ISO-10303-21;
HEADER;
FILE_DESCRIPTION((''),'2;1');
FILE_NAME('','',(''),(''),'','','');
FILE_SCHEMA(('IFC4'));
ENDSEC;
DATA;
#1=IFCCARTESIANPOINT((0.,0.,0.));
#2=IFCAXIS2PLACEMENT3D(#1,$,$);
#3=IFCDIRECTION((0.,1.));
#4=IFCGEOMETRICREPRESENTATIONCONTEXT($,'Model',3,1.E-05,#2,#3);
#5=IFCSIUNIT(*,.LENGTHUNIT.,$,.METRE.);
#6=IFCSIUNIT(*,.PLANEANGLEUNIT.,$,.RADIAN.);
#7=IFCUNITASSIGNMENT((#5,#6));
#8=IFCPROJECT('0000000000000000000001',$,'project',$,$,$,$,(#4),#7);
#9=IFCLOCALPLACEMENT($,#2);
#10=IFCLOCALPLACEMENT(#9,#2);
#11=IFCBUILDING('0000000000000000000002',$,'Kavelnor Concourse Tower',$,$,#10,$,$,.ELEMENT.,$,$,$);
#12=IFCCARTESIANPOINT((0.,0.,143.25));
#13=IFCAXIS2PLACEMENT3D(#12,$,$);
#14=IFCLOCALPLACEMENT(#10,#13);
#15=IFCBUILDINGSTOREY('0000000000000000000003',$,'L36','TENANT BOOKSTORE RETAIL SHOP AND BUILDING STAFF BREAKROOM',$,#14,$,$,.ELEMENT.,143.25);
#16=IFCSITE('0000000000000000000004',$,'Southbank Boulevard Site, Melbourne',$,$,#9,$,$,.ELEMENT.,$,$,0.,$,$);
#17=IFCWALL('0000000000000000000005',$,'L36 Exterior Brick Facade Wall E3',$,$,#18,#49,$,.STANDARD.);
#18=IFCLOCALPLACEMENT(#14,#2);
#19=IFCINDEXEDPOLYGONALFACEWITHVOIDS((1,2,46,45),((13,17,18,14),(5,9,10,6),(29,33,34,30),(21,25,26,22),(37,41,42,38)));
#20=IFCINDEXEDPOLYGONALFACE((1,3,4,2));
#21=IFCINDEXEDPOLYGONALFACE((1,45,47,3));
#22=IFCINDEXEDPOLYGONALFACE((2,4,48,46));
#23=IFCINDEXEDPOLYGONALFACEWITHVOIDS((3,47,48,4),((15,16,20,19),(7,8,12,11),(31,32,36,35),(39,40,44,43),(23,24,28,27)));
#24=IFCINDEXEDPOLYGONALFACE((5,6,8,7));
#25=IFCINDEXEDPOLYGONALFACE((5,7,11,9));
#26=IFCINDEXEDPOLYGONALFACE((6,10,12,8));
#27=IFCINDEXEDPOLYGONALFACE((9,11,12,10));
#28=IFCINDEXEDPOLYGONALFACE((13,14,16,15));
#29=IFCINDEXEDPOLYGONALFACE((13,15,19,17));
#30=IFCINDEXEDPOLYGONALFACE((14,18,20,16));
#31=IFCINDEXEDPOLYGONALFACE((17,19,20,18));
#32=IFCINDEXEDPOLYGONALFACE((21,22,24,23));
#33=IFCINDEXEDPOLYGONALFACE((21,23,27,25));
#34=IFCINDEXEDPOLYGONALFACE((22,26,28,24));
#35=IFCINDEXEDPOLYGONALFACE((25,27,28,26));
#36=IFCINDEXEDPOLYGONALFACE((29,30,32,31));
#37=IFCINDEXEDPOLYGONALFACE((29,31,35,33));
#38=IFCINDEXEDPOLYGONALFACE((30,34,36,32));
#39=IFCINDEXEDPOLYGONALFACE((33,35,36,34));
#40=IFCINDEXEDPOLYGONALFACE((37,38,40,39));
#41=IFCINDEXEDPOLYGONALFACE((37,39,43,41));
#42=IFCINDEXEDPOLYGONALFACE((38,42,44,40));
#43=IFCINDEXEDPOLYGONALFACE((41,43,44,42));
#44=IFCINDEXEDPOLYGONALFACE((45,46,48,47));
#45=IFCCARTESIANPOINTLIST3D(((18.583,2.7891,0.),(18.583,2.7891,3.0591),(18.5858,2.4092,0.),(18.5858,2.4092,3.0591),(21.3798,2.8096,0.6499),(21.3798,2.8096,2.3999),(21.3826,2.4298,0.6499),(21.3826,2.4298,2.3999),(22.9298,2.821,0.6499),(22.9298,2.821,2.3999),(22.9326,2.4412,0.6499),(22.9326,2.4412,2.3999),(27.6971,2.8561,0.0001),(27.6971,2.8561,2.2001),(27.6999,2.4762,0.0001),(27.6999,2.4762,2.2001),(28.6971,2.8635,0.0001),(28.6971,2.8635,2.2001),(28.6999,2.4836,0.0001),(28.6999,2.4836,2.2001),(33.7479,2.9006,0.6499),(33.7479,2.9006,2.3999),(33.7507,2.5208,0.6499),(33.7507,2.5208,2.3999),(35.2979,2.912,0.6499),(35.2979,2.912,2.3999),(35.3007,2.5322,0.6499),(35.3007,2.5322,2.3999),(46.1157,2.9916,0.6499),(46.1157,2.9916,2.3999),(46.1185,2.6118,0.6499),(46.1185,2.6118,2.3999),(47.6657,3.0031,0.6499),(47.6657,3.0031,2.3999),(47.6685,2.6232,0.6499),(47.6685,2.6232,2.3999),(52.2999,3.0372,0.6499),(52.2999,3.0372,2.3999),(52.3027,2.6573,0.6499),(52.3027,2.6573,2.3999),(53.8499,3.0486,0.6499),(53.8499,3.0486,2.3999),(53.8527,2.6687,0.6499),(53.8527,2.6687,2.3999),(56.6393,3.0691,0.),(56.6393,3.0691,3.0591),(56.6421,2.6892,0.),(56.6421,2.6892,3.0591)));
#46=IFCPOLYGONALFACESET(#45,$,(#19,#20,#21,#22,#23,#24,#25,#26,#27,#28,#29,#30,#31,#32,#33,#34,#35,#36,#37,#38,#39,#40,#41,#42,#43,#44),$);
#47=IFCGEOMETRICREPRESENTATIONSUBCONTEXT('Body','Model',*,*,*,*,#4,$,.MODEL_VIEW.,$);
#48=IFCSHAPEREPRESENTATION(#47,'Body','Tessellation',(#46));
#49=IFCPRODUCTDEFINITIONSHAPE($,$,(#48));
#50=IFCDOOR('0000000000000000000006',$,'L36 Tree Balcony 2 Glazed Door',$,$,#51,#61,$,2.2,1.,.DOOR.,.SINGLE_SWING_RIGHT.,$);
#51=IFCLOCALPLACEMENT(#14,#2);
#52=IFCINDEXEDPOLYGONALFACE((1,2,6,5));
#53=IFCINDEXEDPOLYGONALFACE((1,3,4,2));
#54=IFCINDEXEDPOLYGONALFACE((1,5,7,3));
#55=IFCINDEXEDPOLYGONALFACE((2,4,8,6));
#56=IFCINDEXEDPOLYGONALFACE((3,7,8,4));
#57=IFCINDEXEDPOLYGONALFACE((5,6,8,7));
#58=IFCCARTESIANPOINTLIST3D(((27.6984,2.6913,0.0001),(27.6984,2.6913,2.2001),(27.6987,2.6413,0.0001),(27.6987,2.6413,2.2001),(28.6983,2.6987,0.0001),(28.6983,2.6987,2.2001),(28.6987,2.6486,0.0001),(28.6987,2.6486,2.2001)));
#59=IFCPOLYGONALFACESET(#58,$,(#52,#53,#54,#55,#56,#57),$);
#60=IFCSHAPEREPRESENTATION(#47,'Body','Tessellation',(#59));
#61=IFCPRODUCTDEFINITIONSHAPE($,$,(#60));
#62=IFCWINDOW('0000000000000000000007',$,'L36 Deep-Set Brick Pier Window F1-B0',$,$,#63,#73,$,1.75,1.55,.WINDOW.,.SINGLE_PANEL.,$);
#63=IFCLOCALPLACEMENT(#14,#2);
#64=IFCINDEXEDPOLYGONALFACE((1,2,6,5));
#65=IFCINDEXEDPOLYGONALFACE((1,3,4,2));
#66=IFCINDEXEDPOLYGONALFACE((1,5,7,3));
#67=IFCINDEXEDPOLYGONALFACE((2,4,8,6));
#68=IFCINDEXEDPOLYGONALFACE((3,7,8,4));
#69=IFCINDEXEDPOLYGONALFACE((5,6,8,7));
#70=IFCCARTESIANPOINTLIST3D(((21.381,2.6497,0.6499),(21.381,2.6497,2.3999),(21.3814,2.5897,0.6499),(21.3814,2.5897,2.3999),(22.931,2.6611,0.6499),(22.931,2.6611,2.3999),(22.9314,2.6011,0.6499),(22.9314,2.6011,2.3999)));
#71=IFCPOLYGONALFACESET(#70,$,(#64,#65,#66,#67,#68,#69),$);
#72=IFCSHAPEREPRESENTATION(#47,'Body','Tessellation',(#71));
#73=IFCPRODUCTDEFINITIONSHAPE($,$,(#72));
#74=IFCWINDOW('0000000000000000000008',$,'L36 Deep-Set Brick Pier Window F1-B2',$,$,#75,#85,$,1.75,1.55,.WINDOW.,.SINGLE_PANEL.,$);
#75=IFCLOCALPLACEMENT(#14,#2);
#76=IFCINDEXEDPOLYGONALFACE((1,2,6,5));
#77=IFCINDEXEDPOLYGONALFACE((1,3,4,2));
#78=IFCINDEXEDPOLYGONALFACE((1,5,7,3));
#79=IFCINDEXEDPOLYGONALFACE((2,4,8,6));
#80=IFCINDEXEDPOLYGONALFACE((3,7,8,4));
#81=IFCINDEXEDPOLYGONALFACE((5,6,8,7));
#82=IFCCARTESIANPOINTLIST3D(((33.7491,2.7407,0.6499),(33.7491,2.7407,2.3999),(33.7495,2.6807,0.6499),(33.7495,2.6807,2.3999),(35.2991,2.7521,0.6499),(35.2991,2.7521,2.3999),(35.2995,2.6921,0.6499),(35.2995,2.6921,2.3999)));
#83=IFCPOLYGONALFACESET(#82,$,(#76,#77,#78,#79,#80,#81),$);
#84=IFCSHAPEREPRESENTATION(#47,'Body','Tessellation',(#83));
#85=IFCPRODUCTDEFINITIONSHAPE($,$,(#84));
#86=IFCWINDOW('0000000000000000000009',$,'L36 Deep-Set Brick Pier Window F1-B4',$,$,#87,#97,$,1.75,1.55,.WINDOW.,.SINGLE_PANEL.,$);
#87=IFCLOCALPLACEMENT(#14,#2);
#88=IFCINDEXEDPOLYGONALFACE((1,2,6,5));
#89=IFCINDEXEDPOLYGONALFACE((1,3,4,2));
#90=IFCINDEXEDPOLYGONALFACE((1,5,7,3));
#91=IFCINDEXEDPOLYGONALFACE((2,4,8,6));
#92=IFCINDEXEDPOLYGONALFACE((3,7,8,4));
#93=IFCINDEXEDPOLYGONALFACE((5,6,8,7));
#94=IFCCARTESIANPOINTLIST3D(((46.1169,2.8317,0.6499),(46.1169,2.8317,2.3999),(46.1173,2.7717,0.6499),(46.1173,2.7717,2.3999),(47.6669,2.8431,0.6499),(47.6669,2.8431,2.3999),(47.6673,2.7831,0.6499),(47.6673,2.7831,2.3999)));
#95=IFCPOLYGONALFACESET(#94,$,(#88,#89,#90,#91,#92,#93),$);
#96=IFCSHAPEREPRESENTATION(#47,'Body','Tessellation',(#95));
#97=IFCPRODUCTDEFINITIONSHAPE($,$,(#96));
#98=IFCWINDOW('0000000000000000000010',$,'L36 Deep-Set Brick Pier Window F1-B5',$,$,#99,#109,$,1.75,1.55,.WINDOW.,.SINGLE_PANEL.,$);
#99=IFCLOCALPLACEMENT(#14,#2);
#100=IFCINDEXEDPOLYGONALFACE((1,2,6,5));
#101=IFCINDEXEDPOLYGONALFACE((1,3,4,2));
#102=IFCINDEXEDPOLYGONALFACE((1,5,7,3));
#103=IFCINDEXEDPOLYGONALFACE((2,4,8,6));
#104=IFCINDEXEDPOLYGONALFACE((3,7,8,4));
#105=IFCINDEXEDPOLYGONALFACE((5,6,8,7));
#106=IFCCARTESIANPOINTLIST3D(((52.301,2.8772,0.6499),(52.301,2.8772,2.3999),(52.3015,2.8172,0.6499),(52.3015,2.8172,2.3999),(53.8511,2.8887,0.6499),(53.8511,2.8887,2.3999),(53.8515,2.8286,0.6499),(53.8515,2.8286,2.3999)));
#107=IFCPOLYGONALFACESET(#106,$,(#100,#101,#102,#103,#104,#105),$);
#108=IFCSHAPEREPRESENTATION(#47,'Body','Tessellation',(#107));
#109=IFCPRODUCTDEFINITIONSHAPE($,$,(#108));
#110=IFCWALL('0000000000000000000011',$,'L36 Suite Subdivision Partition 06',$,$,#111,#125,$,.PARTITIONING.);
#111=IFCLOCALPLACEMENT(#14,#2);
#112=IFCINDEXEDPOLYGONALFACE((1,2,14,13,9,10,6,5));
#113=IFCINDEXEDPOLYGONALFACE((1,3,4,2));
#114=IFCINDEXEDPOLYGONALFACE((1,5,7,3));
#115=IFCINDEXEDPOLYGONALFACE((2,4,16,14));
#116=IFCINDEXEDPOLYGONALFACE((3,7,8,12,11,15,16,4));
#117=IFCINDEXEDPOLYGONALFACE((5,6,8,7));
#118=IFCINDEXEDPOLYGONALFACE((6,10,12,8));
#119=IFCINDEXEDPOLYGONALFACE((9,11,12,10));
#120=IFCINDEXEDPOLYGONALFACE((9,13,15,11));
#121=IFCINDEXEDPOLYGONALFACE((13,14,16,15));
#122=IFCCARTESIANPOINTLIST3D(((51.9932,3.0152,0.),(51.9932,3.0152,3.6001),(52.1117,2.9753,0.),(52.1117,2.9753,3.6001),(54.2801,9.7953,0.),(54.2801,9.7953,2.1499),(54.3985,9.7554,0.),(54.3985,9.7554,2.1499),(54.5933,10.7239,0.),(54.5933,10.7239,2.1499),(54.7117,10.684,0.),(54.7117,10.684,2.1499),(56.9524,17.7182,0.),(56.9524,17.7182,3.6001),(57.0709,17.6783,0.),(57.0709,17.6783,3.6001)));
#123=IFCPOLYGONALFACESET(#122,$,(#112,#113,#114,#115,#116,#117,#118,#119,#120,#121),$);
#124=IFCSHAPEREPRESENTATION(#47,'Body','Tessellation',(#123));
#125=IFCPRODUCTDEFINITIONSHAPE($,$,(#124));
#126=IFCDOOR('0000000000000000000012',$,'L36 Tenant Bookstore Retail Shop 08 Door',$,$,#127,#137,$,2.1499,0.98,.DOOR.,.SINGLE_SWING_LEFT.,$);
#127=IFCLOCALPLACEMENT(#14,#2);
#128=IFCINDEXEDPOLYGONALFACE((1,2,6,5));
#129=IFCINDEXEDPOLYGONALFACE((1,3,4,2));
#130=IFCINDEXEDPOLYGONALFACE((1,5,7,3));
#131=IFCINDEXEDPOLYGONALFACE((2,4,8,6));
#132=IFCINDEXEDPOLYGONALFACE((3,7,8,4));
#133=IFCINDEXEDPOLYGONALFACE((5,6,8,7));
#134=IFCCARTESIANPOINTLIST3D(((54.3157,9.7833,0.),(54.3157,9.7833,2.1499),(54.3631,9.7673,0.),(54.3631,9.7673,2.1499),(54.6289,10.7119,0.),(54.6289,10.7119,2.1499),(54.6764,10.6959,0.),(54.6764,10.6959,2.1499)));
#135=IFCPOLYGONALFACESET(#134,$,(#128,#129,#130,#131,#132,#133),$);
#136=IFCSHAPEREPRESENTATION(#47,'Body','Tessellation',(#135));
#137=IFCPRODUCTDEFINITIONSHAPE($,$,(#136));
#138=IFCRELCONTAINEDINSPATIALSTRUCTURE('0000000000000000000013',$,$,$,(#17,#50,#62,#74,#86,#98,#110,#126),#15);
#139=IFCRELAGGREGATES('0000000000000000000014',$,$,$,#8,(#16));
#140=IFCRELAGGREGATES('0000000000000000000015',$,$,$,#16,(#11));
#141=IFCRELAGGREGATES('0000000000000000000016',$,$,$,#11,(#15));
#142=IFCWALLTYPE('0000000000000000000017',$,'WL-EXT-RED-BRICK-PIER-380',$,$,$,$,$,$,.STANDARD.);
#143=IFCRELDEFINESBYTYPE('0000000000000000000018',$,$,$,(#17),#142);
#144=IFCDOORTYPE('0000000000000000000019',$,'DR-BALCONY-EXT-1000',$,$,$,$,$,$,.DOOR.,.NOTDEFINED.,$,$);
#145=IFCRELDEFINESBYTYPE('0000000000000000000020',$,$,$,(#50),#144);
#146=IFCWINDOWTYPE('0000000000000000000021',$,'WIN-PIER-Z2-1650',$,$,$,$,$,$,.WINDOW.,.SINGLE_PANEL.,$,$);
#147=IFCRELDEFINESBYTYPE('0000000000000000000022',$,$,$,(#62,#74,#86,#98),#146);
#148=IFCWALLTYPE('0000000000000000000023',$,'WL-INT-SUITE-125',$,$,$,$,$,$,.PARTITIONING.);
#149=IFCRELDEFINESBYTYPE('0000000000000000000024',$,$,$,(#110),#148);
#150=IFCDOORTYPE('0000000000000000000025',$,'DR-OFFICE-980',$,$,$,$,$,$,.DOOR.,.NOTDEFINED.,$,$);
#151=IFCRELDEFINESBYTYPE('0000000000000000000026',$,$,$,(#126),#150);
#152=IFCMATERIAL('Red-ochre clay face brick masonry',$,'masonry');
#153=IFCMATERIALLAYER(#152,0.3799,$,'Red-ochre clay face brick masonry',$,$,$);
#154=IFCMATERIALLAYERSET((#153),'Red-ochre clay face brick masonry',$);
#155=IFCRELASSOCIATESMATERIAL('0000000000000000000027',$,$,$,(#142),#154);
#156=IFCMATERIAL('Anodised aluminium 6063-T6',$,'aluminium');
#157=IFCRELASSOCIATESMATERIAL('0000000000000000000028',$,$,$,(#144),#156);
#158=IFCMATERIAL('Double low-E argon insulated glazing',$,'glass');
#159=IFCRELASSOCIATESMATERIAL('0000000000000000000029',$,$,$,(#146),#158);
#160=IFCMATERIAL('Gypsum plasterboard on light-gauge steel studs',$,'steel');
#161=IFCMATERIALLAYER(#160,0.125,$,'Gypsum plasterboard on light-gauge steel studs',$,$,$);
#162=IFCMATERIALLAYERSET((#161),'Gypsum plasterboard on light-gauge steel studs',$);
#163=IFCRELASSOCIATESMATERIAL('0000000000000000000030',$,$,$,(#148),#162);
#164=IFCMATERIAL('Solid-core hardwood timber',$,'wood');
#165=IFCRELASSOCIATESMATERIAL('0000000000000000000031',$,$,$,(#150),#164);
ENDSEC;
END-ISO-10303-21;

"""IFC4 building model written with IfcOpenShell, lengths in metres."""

from ifc_helpers import new_model, si_unit, direction, frame, frame_2d, origin, place, context, subcontext, project, spatial, rectangle, extrude, material, layer, layer_set, type_object, element, fill, save


model = new_model("IFC4")

# Units and contexts
model_context = context("Model", 3, precision=1e-05, world=origin(), true_north=direction((0.0, 1.0)))
body_context = subcontext(model_context, "Body", "Model", "MODEL_VIEW")
ifc_project = project(units=[si_unit("LENGTHUNIT", "METRE"), si_unit("PLANEANGLEUNIT", "RADIAN")], contexts=[model_context])

# Site, building, storey
site_placement = place(None, origin())
site = spatial("IfcSite", under=ifc_project, at=site_placement, Name="Southbank Boulevard Site, Melbourne", CompositionType="ELEMENT", RefElevation=0.0)
building_placement = place(site_placement, origin())
building = spatial("IfcBuilding", under=site, at=building_placement, Name="Kavelnor Concourse Tower", CompositionType="ELEMENT")
storey_placement = place(building_placement, frame((0.0, 0.0, 143.25)))
storey = spatial("IfcBuildingStorey", under=building, at=storey_placement, Name="L36", Description="TENANT BOOKSTORE RETAIL SHOP AND BUILDING STAFF BREAKROOM", CompositionType="ELEMENT", Elevation=143.25)

# Shared definitions
ifc_material_1 = material(Name="Double low-E argon insulated glazing", Category="glass")

# Wall, openings, door, windows
ifc_material_2 = material(Name="Red-ochre clay face brick masonry", Category="masonry")
ifc_layer_1 = layer(ifc_material_2, 0.3799, Name="Red-ochre clay face brick masonry")
ifc_layer_set_1 = layer_set([ifc_layer_1], Name="Red-ochre clay face brick masonry")
wall_type_1 = type_object("IfcWallType", Name="WL-EXT-RED-BRICK-PIER-380", PredefinedType="STANDARD", material=ifc_layer_set_1)
wall_1_placement = place(storey_placement, frame((56.6409, 2.8792, 0.0), z_axis=(0.0, 0.0, 1.0), x_axis=(-0.999973, -0.007358, 0.0)))
wall_1 = element("IfcWall", 1, at=wall_1_placement, inside=storey, type_object=wall_type_1, Name="L36 Exterior Brick Facade Wall E3", PredefinedType="STANDARD", context=body_context, shape_type="SweptSolid", body=[
    extrude(rectangle(XDim=38.0574, YDim=0.3799, at=frame_2d((19.0288, 0.0))), origin(), (0.0, 0.0, 1.0), 3.0591),
])
opening_1_placement = place(wall_1_placement, frame((27.9431, 0.0, 0.0)))
opening_1 = element("IfcOpeningElement", 2, at=opening_1_placement, cuts=wall_1, PredefinedType="OPENING", context=body_context, shape_type="SweptSolid", body=[
    extrude(rectangle(XDim=1.0, YDim=2.2, at=frame_2d((0.5, 1.1001))), frame((0.0, 0.2, 0.0), z_axis=(0.0, -1.0, 0.0), x_axis=(1.0, 0.0, 0.0)), (0.0, 0.0, 1.0), 0.3999),
])
opening_2_placement = place(wall_1_placement, frame((33.7107, 0.0, 0.6499)))
opening_2 = element("IfcOpeningElement", 3, at=opening_2_placement, cuts=wall_1, PredefinedType="OPENING", context=body_context, shape_type="SweptSolid", body=[
    extrude(rectangle(XDim=1.55, YDim=1.75, at=frame_2d((0.7749, 0.875))), frame((0.0, 0.2, 0.0), z_axis=(0.0, -1.0, 0.0), x_axis=(1.0, 0.0, 0.0)), (0.0, 0.0, 1.0), 0.3999),
])
opening_3_placement = place(wall_1_placement, frame((21.3423, 0.0, 0.6499)))
opening_3 = element("IfcOpeningElement", 4, at=opening_3_placement, cuts=wall_1, PredefinedType="OPENING", context=body_context, shape_type="SweptSolid", body=[
    extrude(rectangle(XDim=1.55, YDim=1.75, at=frame_2d((0.7749, 0.875))), frame((0.0, 0.2, 0.0), z_axis=(0.0, -1.0, 0.0), x_axis=(1.0, 0.0, 0.0)), (0.0, 0.0, 1.0), 0.3999),
])
opening_4_placement = place(wall_1_placement, frame((8.9741, 0.0, 0.6499)))
opening_4 = element("IfcOpeningElement", 5, at=opening_4_placement, cuts=wall_1, PredefinedType="OPENING", context=body_context, shape_type="SweptSolid", body=[
    extrude(rectangle(XDim=1.55, YDim=1.75, at=frame_2d((0.7749, 0.875))), frame((0.0, 0.2, 0.0), z_axis=(0.0, -1.0, 0.0), x_axis=(1.0, 0.0, 0.0)), (0.0, 0.0, 1.0), 0.3999),
])
opening_5_placement = place(wall_1_placement, frame((2.7898, 0.0, 0.6499)))
opening_5 = element("IfcOpeningElement", 6, at=opening_5_placement, cuts=wall_1, PredefinedType="OPENING", context=body_context, shape_type="SweptSolid", body=[
    extrude(rectangle(XDim=1.55, YDim=1.75, at=frame_2d((0.7749, 0.875))), frame((0.0, 0.2, 0.0), z_axis=(0.0, -1.0, 0.0), x_axis=(1.0, 0.0, 0.0)), (0.0, 0.0, 1.0), 0.3999),
])
ifc_material_3 = material(Name="Anodised aluminium 6063-T6", Category="aluminium")
door_type_1 = type_object("IfcDoorType", Name="DR-BALCONY-EXT-1000", OperationType="NOTDEFINED", PredefinedType="DOOR", material=ifc_material_3)
door_1_placement = place(opening_1_placement, origin())
door_1 = element("IfcDoor", 7, at=door_1_placement, inside=storey, type_object=door_type_1, Name="L36 Tree Balcony 2 Glazed Door", OperationType="SINGLE_SWING_RIGHT", OverallHeight=2.2, OverallWidth=1.0, PredefinedType="DOOR", context=body_context, shape_type="SweptSolid", body=[
    extrude(rectangle(XDim=1.0, YDim=2.2, at=frame_2d((0.5, 1.1001))), frame((0.0, 0.0249, 0.0), z_axis=(0.0, -1.0, 0.0), x_axis=(1.0, 0.0, 0.0)), (0.0, 0.0, 1.0), 0.05),
])
fill(opening_1, door_1)
window_type_1 = type_object("IfcWindowType", Name="WIN-PIER-Z2-1650", PartitioningType="SINGLE_PANEL", PredefinedType="WINDOW", material=ifc_material_1)
window_1_placement = place(opening_2_placement, origin())
window_1 = element("IfcWindow", 8, at=window_1_placement, inside=storey, type_object=window_type_1, Name="L36 Deep-Set Brick Pier Window F1-B0", OverallHeight=1.75, OverallWidth=1.55, PartitioningType="SINGLE_PANEL", PredefinedType="WINDOW", context=body_context, shape_type="SweptSolid", body=[
    extrude(rectangle(XDim=1.55, YDim=1.75, at=frame_2d((0.7749, 0.875))), frame((0.0, 0.03, 0.0), z_axis=(0.0, -1.0, 0.0), x_axis=(1.0, 0.0, 0.0)), (0.0, 0.0, 1.0), 0.0601),
])
fill(opening_2, window_1)
window_2_placement = place(opening_3_placement, origin())
window_2 = element("IfcWindow", 9, at=window_2_placement, inside=storey, type_object=window_type_1, Name="L36 Deep-Set Brick Pier Window F1-B2", OverallHeight=1.75, OverallWidth=1.55, PartitioningType="SINGLE_PANEL", PredefinedType="WINDOW", context=body_context, shape_type="SweptSolid", body=[
    extrude(rectangle(XDim=1.55, YDim=1.75, at=frame_2d((0.7749, 0.875))), frame((0.0, 0.03, 0.0), z_axis=(0.0, -1.0, 0.0), x_axis=(1.0, 0.0, 0.0)), (0.0, 0.0, 1.0), 0.0601),
])
fill(opening_3, window_2)
window_3_placement = place(opening_4_placement, origin())
window_3 = element("IfcWindow", 10, at=window_3_placement, inside=storey, type_object=window_type_1, Name="L36 Deep-Set Brick Pier Window F1-B4", OverallHeight=1.75, OverallWidth=1.55, PartitioningType="SINGLE_PANEL", PredefinedType="WINDOW", context=body_context, shape_type="SweptSolid", body=[
    extrude(rectangle(XDim=1.55, YDim=1.75, at=frame_2d((0.7749, 0.875))), frame((0.0, 0.03, 0.0), z_axis=(0.0, -1.0, 0.0), x_axis=(1.0, 0.0, 0.0)), (0.0, 0.0, 1.0), 0.0601),
])
fill(opening_4, window_3)
window_4_placement = place(opening_5_placement, origin())
window_4 = element("IfcWindow", 11, at=window_4_placement, inside=storey, type_object=window_type_1, Name="L36 Deep-Set Brick Pier Window F1-B5", OverallHeight=1.75, OverallWidth=1.55, PartitioningType="SINGLE_PANEL", PredefinedType="WINDOW", context=body_context, shape_type="SweptSolid", body=[
    extrude(rectangle(XDim=1.55, YDim=1.75, at=frame_2d((0.7749, 0.875))), frame((0.0, 0.03, 0.0), z_axis=(0.0, -1.0, 0.0), x_axis=(1.0, 0.0, 0.0)), (0.0, 0.0, 1.0), 0.0601),
])
fill(opening_5, window_4)

# Wall, opening, door
ifc_material_4 = material(Name="Gypsum plasterboard on light-gauge steel studs", Category="steel")
ifc_layer_2 = layer(ifc_material_4, 0.125, Name="Gypsum plasterboard on light-gauge steel studs")
ifc_layer_set_2 = layer_set([ifc_layer_2], Name="Gypsum plasterboard on light-gauge steel studs")
wall_type_2 = type_object("IfcWallType", Name="WL-INT-SUITE-125", PredefinedType="PARTITIONING", material=ifc_layer_set_2)
wall_2_placement = place(storey_placement, frame((52.0525, 2.9954, 0.0), z_axis=(0.0, 0.0, 1.0), x_axis=(0.319601, 0.947552, 0.0)))
wall_2 = element("IfcWall", 12, at=wall_2_placement, inside=storey, type_object=wall_type_2, Name="L36 Suite Subdivision Partition 06", PredefinedType="PARTITIONING", context=body_context, shape_type="SweptSolid", body=[
    extrude(rectangle(XDim=15.5168, YDim=0.125, at=frame_2d((7.7583, 0.0))), origin(), (0.0, 0.0, 1.0), 3.6001),
])
opening_6_placement = place(wall_2_placement, frame((7.1553, 0.0, 0.0)))
opening_6 = element("IfcOpeningElement", 13, at=opening_6_placement, cuts=wall_2, PredefinedType="OPENING", context=body_context, shape_type="SweptSolid", body=[
    extrude(rectangle(XDim=0.98, YDim=2.1499, at=frame_2d((0.49, 1.075))), frame((0.0, 0.0725, 0.0), z_axis=(0.0, -1.0, 0.0), x_axis=(1.0, 0.0, 0.0)), (0.0, 0.0, 1.0), 0.145),
])
ifc_material_5 = material(Name="Solid-core hardwood timber", Category="wood")
door_type_2 = type_object("IfcDoorType", Name="DR-OFFICE-980", OperationType="NOTDEFINED", PredefinedType="DOOR", material=ifc_material_5)
door_2_placement = place(opening_6_placement, origin())
door_2 = element("IfcDoor", 14, at=door_2_placement, inside=storey, type_object=door_type_2, Name="L36 Tenant Bookstore Retail Shop 08 Door", OperationType="SINGLE_SWING_LEFT", OverallHeight=2.1499, OverallWidth=0.98, PredefinedType="DOOR", context=body_context, shape_type="SweptSolid", body=[
    extrude(rectangle(XDim=0.98, YDim=2.1499, at=frame_2d((0.49, 1.075))), frame((0.0, 0.0249, 0.0), z_axis=(0.0, -1.0, 0.0), x_axis=(1.0, 0.0, 0.0)), (0.0, 0.0, 1.0), 0.05),
])
fill(opening_6, door_2)

save(model, "model.ifc")
